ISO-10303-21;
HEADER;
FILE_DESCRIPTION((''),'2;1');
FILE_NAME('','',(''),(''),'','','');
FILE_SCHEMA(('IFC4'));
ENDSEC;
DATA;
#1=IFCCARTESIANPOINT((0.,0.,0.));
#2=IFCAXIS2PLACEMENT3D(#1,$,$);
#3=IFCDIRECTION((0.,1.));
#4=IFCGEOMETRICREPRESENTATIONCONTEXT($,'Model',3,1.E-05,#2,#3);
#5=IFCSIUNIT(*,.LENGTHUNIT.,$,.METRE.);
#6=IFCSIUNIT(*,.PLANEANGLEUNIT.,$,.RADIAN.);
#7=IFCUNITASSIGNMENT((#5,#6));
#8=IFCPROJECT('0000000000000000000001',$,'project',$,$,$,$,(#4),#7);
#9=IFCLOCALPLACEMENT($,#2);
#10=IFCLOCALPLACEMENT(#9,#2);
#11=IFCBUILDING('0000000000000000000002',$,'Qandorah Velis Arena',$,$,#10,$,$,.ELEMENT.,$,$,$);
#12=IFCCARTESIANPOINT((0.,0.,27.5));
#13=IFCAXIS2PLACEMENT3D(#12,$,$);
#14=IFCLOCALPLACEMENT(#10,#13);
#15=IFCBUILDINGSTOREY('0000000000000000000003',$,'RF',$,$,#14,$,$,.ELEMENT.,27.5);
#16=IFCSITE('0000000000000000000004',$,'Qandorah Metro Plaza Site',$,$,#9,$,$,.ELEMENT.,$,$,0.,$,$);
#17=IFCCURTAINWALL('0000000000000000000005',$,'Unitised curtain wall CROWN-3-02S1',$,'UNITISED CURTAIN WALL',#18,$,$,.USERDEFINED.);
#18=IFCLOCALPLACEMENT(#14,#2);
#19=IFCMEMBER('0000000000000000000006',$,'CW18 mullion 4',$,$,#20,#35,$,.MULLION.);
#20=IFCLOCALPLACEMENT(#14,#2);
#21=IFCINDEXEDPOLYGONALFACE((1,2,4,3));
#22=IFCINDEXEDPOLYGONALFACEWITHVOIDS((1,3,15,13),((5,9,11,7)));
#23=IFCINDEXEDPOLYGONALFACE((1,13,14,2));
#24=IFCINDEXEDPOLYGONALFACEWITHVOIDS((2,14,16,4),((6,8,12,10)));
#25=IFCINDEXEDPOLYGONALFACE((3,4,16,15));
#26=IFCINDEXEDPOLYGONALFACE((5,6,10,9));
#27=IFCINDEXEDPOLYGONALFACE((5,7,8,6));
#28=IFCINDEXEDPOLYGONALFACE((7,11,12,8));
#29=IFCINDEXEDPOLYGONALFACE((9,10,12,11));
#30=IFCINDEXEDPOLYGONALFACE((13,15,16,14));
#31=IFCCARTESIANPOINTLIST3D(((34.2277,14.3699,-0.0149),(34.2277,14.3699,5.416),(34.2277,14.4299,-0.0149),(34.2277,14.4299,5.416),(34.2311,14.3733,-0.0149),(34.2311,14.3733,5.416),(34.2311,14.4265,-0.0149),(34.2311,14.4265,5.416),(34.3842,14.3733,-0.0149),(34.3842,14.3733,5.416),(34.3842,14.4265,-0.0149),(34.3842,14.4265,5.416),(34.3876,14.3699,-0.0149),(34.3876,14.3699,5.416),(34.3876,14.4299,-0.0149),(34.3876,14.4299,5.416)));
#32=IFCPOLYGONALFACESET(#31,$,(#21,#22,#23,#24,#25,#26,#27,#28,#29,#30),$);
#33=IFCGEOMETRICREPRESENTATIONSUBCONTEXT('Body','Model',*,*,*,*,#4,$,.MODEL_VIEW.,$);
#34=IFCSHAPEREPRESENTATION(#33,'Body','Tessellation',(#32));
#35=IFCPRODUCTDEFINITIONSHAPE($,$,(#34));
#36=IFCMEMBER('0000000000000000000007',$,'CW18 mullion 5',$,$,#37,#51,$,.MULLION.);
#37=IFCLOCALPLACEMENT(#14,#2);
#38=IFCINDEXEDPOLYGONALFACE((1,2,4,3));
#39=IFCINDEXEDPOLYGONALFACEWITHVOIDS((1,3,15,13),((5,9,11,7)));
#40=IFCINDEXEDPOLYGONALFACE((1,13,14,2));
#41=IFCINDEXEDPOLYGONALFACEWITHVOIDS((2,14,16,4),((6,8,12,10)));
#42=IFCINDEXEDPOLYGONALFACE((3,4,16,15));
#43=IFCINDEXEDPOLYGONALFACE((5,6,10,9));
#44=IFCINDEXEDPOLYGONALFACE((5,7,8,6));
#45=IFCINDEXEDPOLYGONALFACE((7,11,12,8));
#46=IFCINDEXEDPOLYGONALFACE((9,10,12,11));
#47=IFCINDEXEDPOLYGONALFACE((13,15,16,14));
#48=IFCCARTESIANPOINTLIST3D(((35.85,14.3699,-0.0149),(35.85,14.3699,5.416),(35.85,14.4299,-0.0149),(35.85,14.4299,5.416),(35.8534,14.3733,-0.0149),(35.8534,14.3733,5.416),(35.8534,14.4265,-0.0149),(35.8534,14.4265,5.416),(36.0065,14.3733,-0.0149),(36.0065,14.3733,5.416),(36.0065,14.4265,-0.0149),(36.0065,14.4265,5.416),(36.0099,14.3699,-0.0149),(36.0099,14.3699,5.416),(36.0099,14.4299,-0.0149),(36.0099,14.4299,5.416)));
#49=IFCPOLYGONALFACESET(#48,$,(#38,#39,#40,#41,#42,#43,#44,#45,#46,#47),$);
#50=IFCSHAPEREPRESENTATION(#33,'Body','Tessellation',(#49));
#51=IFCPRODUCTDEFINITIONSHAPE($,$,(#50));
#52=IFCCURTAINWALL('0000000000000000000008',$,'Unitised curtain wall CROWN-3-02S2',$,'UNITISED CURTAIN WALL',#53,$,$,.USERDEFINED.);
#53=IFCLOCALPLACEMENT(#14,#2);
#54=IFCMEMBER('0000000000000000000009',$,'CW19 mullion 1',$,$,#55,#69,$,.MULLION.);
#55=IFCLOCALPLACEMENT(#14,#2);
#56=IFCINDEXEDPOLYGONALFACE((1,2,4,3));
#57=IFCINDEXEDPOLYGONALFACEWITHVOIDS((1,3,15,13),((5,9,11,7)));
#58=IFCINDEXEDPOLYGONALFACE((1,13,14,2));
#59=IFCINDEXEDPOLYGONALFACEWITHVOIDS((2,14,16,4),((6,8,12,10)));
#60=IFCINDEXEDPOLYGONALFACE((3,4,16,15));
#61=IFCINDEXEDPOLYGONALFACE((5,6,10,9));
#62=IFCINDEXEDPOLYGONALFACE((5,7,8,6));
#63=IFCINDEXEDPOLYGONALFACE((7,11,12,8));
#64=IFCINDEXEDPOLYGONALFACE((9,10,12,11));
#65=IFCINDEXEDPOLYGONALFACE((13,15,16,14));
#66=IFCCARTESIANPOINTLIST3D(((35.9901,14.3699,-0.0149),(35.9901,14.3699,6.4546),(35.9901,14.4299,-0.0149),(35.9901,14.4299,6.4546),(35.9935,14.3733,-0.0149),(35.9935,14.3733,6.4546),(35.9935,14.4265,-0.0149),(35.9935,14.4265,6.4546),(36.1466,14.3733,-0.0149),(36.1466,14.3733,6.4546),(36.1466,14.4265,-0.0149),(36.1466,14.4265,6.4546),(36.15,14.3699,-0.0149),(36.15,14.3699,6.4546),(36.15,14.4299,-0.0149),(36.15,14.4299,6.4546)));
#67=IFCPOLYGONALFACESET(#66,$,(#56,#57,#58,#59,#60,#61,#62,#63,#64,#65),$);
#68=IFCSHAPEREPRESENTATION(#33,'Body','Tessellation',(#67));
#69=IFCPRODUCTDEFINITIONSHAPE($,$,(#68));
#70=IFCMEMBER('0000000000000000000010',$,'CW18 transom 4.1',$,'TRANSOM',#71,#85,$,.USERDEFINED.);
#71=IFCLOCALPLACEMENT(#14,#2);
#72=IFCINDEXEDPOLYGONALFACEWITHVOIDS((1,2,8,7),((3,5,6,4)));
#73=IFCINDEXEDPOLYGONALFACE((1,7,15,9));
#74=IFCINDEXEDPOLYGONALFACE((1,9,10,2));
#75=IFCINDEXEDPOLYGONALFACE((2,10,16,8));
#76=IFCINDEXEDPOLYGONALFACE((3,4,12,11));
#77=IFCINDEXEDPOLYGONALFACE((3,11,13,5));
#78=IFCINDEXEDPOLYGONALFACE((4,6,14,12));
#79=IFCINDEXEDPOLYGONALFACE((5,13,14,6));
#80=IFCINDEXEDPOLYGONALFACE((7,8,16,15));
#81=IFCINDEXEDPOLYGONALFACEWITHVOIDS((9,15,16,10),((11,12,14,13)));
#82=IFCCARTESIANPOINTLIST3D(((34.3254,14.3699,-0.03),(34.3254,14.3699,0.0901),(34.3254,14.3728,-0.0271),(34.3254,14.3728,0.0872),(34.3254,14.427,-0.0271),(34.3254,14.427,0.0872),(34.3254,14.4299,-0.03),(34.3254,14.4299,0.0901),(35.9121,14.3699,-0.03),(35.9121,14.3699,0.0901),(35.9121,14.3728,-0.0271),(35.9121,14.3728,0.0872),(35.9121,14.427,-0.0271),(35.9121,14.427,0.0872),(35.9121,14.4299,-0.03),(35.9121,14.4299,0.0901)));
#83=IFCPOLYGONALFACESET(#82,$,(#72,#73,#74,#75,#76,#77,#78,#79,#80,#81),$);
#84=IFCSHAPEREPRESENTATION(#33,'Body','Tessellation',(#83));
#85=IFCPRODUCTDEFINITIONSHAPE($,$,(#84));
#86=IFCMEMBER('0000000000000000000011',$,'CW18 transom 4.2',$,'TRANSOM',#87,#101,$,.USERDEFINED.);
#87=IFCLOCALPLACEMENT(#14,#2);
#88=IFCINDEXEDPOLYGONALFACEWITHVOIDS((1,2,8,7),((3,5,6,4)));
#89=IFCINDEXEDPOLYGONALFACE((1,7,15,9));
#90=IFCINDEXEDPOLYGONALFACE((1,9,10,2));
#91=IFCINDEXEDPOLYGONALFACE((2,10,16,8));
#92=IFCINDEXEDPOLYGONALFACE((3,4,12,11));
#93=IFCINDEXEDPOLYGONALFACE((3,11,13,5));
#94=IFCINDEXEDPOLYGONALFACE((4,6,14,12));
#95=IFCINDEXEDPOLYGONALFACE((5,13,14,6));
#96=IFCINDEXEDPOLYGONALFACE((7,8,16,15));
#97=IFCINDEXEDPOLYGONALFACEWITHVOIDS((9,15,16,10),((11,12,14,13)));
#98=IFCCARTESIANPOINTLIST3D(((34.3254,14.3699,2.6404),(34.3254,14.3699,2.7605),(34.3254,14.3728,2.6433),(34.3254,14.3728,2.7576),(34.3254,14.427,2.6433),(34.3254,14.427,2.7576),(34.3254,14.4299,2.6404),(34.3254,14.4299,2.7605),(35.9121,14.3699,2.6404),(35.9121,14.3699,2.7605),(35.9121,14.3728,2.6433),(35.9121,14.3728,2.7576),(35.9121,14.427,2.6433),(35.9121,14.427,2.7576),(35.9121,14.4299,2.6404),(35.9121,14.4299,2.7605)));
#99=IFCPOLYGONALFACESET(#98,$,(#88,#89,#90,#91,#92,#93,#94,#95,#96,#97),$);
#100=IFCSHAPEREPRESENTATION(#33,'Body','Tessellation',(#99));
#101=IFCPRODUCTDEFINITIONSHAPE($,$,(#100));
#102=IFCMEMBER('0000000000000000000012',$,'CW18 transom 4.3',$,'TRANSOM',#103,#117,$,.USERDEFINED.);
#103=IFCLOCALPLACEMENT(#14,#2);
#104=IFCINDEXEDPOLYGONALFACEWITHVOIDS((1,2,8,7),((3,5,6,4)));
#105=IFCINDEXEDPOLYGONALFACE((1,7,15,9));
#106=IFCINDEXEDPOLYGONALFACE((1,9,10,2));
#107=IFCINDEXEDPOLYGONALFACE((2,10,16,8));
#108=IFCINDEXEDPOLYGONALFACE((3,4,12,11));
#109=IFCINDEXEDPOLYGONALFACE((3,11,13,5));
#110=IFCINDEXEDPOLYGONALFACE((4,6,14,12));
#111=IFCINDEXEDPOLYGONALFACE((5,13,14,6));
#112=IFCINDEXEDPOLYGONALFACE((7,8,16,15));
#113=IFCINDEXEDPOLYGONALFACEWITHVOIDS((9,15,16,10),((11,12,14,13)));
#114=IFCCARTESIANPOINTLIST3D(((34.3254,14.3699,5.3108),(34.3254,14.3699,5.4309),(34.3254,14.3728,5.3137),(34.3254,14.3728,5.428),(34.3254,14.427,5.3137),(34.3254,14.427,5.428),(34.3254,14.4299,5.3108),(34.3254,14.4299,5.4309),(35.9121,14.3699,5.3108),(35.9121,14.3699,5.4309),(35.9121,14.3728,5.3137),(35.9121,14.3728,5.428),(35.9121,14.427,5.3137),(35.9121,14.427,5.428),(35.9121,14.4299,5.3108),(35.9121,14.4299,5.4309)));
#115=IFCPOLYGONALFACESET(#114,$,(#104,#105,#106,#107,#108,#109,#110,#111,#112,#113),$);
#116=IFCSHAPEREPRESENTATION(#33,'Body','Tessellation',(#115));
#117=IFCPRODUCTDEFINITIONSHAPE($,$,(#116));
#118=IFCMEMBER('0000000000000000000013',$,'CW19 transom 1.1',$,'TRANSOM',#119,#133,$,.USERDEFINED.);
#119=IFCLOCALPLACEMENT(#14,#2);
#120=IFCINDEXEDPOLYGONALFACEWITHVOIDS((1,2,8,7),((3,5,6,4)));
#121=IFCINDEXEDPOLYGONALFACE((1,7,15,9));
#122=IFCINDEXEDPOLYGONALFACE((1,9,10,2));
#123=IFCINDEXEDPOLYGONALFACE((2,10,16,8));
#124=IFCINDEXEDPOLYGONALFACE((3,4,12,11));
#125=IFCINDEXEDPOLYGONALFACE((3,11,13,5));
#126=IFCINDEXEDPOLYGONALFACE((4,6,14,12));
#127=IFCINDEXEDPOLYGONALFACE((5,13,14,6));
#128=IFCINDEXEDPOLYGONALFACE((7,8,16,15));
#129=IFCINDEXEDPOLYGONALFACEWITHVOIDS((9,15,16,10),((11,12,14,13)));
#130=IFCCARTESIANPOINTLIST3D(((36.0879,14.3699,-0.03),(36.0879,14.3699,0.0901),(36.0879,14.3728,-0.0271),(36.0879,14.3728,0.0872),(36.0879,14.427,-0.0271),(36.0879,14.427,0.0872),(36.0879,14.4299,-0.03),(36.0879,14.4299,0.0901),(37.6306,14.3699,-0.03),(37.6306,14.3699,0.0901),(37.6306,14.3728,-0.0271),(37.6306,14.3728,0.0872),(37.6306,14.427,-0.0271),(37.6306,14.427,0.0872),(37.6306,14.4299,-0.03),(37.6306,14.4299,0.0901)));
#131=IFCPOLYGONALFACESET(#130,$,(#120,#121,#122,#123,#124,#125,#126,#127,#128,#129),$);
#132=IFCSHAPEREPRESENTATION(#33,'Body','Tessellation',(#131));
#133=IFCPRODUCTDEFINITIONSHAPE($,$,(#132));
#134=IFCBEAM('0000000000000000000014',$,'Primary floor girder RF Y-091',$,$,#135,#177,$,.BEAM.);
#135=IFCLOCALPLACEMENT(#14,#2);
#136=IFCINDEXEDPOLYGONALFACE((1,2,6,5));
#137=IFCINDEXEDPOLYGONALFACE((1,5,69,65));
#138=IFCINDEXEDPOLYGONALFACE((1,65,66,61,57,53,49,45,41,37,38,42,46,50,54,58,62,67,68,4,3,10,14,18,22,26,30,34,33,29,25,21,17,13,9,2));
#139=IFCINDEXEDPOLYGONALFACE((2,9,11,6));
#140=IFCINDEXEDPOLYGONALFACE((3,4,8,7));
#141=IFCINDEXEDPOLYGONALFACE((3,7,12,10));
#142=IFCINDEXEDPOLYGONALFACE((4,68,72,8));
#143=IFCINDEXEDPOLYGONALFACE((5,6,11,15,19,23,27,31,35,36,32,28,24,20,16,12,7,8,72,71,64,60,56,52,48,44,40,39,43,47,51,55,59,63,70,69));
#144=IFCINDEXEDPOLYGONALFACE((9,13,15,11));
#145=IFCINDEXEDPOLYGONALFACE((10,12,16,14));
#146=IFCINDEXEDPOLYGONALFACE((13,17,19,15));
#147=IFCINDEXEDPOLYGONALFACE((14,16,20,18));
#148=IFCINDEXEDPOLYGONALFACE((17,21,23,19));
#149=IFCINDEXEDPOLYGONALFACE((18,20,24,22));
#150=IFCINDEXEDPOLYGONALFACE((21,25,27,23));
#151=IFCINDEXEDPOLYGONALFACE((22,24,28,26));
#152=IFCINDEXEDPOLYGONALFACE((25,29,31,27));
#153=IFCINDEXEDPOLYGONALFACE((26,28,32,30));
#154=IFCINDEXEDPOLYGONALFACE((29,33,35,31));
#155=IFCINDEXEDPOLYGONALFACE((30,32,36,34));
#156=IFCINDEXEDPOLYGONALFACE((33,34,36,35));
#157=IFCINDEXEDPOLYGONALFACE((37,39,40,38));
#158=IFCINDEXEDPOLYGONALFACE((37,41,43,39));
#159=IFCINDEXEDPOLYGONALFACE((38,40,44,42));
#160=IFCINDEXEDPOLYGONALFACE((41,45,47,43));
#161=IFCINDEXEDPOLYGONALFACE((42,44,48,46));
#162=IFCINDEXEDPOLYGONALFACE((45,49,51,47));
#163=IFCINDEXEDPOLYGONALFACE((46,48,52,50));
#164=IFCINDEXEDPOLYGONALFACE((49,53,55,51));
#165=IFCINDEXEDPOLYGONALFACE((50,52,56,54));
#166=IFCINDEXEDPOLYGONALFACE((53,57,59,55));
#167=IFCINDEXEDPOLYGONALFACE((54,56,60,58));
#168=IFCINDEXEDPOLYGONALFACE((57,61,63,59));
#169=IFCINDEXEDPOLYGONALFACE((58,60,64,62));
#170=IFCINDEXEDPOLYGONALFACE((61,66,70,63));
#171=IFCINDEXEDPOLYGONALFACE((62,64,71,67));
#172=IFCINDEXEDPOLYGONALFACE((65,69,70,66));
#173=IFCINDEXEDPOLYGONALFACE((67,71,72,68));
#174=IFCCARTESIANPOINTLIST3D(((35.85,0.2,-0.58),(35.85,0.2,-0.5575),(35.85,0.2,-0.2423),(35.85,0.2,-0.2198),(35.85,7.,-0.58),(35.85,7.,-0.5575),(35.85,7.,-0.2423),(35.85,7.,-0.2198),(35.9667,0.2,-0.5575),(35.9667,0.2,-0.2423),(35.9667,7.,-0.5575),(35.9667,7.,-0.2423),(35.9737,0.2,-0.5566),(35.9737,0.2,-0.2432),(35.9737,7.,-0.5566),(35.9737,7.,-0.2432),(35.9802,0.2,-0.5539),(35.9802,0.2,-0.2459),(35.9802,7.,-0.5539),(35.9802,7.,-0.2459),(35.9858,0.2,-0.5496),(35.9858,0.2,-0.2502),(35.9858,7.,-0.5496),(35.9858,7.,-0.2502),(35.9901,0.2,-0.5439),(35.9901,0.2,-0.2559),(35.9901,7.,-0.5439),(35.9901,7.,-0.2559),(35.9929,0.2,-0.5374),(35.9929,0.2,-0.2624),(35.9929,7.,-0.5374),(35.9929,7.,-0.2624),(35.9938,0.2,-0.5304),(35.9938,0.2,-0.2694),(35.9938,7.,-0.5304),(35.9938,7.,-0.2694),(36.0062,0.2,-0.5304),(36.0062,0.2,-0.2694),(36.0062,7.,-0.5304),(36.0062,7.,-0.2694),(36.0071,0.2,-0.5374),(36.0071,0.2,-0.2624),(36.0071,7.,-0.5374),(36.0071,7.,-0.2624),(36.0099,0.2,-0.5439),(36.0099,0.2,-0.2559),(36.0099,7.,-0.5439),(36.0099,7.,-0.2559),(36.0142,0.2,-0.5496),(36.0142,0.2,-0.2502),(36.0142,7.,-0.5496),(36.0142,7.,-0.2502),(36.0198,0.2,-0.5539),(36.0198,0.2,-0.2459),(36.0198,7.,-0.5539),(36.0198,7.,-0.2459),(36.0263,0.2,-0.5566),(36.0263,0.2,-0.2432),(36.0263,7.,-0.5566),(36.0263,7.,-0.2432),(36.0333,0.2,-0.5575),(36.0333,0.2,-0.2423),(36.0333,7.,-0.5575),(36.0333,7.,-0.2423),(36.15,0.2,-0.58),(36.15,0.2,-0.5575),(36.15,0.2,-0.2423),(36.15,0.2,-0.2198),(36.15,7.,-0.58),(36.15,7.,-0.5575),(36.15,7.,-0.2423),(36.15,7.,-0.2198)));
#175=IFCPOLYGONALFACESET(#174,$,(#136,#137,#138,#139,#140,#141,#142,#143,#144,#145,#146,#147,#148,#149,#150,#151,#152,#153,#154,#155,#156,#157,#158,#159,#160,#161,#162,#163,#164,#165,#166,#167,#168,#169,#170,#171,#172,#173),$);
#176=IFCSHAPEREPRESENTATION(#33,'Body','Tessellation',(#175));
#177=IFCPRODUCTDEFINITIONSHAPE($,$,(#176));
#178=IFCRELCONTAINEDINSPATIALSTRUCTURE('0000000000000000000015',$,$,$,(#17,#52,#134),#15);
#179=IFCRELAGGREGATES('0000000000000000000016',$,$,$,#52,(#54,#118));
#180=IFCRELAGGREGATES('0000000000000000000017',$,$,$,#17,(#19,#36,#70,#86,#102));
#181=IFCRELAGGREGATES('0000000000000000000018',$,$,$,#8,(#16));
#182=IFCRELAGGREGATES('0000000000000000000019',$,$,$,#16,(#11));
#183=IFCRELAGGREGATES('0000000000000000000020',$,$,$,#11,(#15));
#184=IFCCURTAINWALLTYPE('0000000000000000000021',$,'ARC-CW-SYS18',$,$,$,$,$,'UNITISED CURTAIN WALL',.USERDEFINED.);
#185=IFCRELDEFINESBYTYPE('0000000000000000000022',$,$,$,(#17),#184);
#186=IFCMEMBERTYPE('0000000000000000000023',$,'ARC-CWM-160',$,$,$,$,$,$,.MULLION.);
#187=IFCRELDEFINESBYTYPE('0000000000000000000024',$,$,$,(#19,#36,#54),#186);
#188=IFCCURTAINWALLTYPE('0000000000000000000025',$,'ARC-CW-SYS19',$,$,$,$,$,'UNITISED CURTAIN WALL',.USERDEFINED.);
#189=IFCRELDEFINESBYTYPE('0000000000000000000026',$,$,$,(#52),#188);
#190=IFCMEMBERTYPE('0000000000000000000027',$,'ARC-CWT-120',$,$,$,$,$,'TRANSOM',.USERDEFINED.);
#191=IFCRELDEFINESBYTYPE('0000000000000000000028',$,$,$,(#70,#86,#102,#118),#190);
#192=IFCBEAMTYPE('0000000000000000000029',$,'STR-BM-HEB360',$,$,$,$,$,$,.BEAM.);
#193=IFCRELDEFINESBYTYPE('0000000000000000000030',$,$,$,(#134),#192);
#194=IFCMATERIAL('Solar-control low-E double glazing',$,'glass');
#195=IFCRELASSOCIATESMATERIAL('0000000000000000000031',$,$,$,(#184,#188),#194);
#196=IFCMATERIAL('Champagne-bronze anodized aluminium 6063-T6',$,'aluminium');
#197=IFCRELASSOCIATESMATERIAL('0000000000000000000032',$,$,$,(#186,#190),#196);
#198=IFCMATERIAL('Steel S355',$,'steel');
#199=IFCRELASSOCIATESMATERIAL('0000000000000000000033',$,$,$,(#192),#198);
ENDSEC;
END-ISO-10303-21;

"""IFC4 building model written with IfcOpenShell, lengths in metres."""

from ifc_helpers import new_model, si_unit, direction, frame, origin, origin_2d, place, context, subcontext, project, spatial, hollow_rectangle, i_section, extrude, material, material_profile, profile_set, type_object, element, aggregate, save


model = new_model("IFC4")

# Units and contexts
model_context = context("Model", 3, precision=1e-05, world=origin(), true_north=direction((0.0, 1.0)))
body_context = subcontext(model_context, "Body", "Model", "MODEL_VIEW")
ifc_project = project(units=[si_unit("LENGTHUNIT", "METRE"), si_unit("PLANEANGLEUNIT", "RADIAN")], contexts=[model_context])

# Site, building, storey
site_placement = place(None, origin())
site = spatial("IfcSite", under=ifc_project, at=site_placement, Name="Qandorah Metro Plaza Site", CompositionType="ELEMENT", RefElevation=0.0)
building_placement = place(site_placement, origin())
building = spatial("IfcBuilding", under=site, at=building_placement, Name="Qandorah Velis Arena", CompositionType="ELEMENT")
storey_placement = place(building_placement, frame((0.0, 0.0, 27.5)))
storey = spatial("IfcBuildingStorey", under=building, at=storey_placement, Name="RF", CompositionType="ELEMENT", Elevation=27.5)

# Curtain wall, members
ifc_material_1 = material(Name="Solar-control low-E double glazing", Category="glass")
curtain_wall_type_1 = type_object("IfcCurtainWallType", Name="ARC-CW-SYS18", ElementType="UNITISED CURTAIN WALL", PredefinedType="USERDEFINED", material=ifc_material_1)
curtain_wall_1_placement = place(storey_placement, origin())
curtain_wall_1 = element("IfcCurtainWall", 1, at=curtain_wall_1_placement, inside=storey, type_object=curtain_wall_type_1, Name="Unitised curtain wall CROWN-3-02S1", ObjectType="UNITISED CURTAIN WALL", PredefinedType="USERDEFINED")
ifc_material_2 = material(Name="Champagne-bronze anodized aluminium 6063-T6", Category="aluminium")
ifc_material_profile_1 = material_profile(ifc_material_2, hollow_rectangle(XDim=0.0601, YDim=0.1599, WallThickness=0.0034, at=origin_2d()), Name="ALU MULLION 60x160")
ifc_profile_set_1 = profile_set([ifc_material_profile_1], Name="Champagne-bronze anodized aluminium 6063-T6")
member_type_1 = type_object("IfcMemberType", Name="ARC-CWM-160", PredefinedType="MULLION", material=ifc_profile_set_1)
member_1_placement = place(storey_placement, frame((34.3076, 14.3999, -0.0149), z_axis=(0.0, 0.0, 1.0), x_axis=(0.0, 1.0, 0.0)))
member_1 = element("IfcMember", 2, at=member_1_placement, type_object=member_type_1, Name="CW18 mullion 4", PredefinedType="MULLION", context=body_context, shape_type="SweptSolid", body=[
    extrude(hollow_rectangle(XDim=0.0601, YDim=0.1599, WallThickness=0.0034, at=origin_2d()), origin(), (0.0, 0.0, 1.0), 5.4309),
])
member_2_placement = place(storey_placement, frame((35.9299, 14.3999, -0.0149), z_axis=(0.0, 0.0, 1.0), x_axis=(0.0, 1.0, 0.0)))
member_2 = element("IfcMember", 3, at=member_2_placement, type_object=member_type_1, Name="CW18 mullion 5", PredefinedType="MULLION", context=body_context, shape_type="SweptSolid", body=[
    extrude(hollow_rectangle(XDim=0.0601, YDim=0.1599, WallThickness=0.0034, at=origin_2d()), origin(), (0.0, 0.0, 1.0), 5.4309),
])

# Curtain wall, member
curtain_wall_type_2 = type_object("IfcCurtainWallType", Name="ARC-CW-SYS19", ElementType="UNITISED CURTAIN WALL", PredefinedType="USERDEFINED", material=ifc_material_1)
curtain_wall_2_placement = place(storey_placement, origin())
curtain_wall_2 = element("IfcCurtainWall", 4, at=curtain_wall_2_placement, inside=storey, type_object=curtain_wall_type_2, Name="Unitised curtain wall CROWN-3-02S2", ObjectType="UNITISED CURTAIN WALL", PredefinedType="USERDEFINED")
member_3_placement = place(storey_placement, frame((36.0701, 14.3999, -0.0149), z_axis=(0.0, 0.0, 1.0), x_axis=(0.0, 1.0, 0.0)))
member_3 = element("IfcMember", 5, at=member_3_placement, type_object=member_type_1, Name="CW19 mullion 1", PredefinedType="MULLION", context=body_context, shape_type="SweptSolid", body=[
    extrude(hollow_rectangle(XDim=0.0601, YDim=0.1599, WallThickness=0.0034, at=origin_2d()), origin(), (0.0, 0.0, 1.0), 6.4695),
])

# Members
ifc_material_profile_2 = material_profile(ifc_material_2, hollow_rectangle(XDim=0.0601, YDim=0.1201, WallThickness=0.0029, at=origin_2d()), Name="ALU TRANSOM 60x120")
ifc_profile_set_2 = profile_set([ifc_material_profile_2], Name="Champagne-bronze anodized aluminium 6063-T6")
member_type_2 = type_object("IfcMemberType", Name="ARC-CWT-120", ElementType="TRANSOM", PredefinedType="USERDEFINED", material=ifc_profile_set_2)
member_4_placement = place(storey_placement, frame((34.3254, 14.3999, 0.03), z_axis=(1.0, 0.0, 0.0), x_axis=(0.0, 1.0, 0.0)))
member_4 = element("IfcMember", 6, at=member_4_placement, type_object=member_type_2, Name="CW18 transom 4.1", ObjectType="TRANSOM", PredefinedType="USERDEFINED", context=body_context, shape_type="SweptSolid", body=[
    extrude(hollow_rectangle(XDim=0.0601, YDim=0.1201, WallThickness=0.0029, at=origin_2d()), origin(), (0.0, 0.0, 1.0), 1.5867),
])
member_5_placement = place(storey_placement, frame((34.3254, 14.3999, 2.7004), z_axis=(1.0, 0.0, 0.0), x_axis=(0.0, 1.0, 0.0)))
member_5 = element("IfcMember", 7, at=member_5_placement, type_object=member_type_2, Name="CW18 transom 4.2", ObjectType="TRANSOM", PredefinedType="USERDEFINED", context=body_context, shape_type="SweptSolid", body=[
    extrude(hollow_rectangle(XDim=0.0601, YDim=0.1201, WallThickness=0.0029, at=origin_2d()), origin(), (0.0, 0.0, 1.0), 1.5867),
])
member_6_placement = place(storey_placement, frame((34.3254, 14.3999, 5.3708), z_axis=(1.0, 0.0, 0.0), x_axis=(0.0, 1.0, 0.0)))
member_6 = element("IfcMember", 8, at=member_6_placement, type_object=member_type_2, Name="CW18 transom 4.3", ObjectType="TRANSOM", PredefinedType="USERDEFINED", context=body_context, shape_type="SweptSolid", body=[
    extrude(hollow_rectangle(XDim=0.0601, YDim=0.1201, WallThickness=0.0029, at=origin_2d()), origin(), (0.0, 0.0, 1.0), 1.5867),
])
member_7_placement = place(storey_placement, frame((36.0879, 14.3999, 0.03), z_axis=(1.0, 0.0, 0.0), x_axis=(0.0, 1.0, 0.0)))
member_7 = element("IfcMember", 9, at=member_7_placement, type_object=member_type_2, Name="CW19 transom 1.1", ObjectType="TRANSOM", PredefinedType="USERDEFINED", context=body_context, shape_type="SweptSolid", body=[
    extrude(hollow_rectangle(XDim=0.0601, YDim=0.1201, WallThickness=0.0029, at=origin_2d()), origin(), (0.0, 0.0, 1.0), 1.5427),
])
aggregate(curtain_wall_2, [member_3, member_7])

# Beam
ifc_material_3 = material(Name="Steel S355", Category="steel")
ifc_material_profile_3 = material_profile(ifc_material_3, i_section(OverallWidth=0.3, OverallDepth=0.3601, WebThickness=0.0125, FlangeThickness=0.0225, FilletRadius=0.0271, at=origin_2d()), Name="HEB 360")
ifc_profile_set_3 = profile_set([ifc_material_profile_3], Name="Steel S355")
beam_type_1 = type_object("IfcBeamType", Name="STR-BM-HEB360", PredefinedType="BEAM", material=ifc_profile_set_3)
for number, where, z_axis, x_axis, name in (
    (10, (36.0, 0.2, -0.3999), (0.0, 1.0, 0.0), (-1.0, 0.0, 0.0), "Primary floor girder RF Y-091"),
):
    element("IfcBeam", number, at=place(storey_placement, frame(where, z_axis=z_axis, x_axis=x_axis)), inside=storey, type_object=beam_type_1, Name=name, PredefinedType="BEAM", context=body_context, shape_type="SweptSolid", body=[
        extrude(i_section(OverallWidth=0.3, OverallDepth=0.3601, WebThickness=0.0125, FlangeThickness=0.0225, FilletRadius=0.0271, at=origin_2d()), origin(), (0.0, 0.0, 1.0), 6.8),
    ])

aggregate(curtain_wall_1, [member_1, member_2, member_4, member_5, member_6])

save(model, "model.ifc")
